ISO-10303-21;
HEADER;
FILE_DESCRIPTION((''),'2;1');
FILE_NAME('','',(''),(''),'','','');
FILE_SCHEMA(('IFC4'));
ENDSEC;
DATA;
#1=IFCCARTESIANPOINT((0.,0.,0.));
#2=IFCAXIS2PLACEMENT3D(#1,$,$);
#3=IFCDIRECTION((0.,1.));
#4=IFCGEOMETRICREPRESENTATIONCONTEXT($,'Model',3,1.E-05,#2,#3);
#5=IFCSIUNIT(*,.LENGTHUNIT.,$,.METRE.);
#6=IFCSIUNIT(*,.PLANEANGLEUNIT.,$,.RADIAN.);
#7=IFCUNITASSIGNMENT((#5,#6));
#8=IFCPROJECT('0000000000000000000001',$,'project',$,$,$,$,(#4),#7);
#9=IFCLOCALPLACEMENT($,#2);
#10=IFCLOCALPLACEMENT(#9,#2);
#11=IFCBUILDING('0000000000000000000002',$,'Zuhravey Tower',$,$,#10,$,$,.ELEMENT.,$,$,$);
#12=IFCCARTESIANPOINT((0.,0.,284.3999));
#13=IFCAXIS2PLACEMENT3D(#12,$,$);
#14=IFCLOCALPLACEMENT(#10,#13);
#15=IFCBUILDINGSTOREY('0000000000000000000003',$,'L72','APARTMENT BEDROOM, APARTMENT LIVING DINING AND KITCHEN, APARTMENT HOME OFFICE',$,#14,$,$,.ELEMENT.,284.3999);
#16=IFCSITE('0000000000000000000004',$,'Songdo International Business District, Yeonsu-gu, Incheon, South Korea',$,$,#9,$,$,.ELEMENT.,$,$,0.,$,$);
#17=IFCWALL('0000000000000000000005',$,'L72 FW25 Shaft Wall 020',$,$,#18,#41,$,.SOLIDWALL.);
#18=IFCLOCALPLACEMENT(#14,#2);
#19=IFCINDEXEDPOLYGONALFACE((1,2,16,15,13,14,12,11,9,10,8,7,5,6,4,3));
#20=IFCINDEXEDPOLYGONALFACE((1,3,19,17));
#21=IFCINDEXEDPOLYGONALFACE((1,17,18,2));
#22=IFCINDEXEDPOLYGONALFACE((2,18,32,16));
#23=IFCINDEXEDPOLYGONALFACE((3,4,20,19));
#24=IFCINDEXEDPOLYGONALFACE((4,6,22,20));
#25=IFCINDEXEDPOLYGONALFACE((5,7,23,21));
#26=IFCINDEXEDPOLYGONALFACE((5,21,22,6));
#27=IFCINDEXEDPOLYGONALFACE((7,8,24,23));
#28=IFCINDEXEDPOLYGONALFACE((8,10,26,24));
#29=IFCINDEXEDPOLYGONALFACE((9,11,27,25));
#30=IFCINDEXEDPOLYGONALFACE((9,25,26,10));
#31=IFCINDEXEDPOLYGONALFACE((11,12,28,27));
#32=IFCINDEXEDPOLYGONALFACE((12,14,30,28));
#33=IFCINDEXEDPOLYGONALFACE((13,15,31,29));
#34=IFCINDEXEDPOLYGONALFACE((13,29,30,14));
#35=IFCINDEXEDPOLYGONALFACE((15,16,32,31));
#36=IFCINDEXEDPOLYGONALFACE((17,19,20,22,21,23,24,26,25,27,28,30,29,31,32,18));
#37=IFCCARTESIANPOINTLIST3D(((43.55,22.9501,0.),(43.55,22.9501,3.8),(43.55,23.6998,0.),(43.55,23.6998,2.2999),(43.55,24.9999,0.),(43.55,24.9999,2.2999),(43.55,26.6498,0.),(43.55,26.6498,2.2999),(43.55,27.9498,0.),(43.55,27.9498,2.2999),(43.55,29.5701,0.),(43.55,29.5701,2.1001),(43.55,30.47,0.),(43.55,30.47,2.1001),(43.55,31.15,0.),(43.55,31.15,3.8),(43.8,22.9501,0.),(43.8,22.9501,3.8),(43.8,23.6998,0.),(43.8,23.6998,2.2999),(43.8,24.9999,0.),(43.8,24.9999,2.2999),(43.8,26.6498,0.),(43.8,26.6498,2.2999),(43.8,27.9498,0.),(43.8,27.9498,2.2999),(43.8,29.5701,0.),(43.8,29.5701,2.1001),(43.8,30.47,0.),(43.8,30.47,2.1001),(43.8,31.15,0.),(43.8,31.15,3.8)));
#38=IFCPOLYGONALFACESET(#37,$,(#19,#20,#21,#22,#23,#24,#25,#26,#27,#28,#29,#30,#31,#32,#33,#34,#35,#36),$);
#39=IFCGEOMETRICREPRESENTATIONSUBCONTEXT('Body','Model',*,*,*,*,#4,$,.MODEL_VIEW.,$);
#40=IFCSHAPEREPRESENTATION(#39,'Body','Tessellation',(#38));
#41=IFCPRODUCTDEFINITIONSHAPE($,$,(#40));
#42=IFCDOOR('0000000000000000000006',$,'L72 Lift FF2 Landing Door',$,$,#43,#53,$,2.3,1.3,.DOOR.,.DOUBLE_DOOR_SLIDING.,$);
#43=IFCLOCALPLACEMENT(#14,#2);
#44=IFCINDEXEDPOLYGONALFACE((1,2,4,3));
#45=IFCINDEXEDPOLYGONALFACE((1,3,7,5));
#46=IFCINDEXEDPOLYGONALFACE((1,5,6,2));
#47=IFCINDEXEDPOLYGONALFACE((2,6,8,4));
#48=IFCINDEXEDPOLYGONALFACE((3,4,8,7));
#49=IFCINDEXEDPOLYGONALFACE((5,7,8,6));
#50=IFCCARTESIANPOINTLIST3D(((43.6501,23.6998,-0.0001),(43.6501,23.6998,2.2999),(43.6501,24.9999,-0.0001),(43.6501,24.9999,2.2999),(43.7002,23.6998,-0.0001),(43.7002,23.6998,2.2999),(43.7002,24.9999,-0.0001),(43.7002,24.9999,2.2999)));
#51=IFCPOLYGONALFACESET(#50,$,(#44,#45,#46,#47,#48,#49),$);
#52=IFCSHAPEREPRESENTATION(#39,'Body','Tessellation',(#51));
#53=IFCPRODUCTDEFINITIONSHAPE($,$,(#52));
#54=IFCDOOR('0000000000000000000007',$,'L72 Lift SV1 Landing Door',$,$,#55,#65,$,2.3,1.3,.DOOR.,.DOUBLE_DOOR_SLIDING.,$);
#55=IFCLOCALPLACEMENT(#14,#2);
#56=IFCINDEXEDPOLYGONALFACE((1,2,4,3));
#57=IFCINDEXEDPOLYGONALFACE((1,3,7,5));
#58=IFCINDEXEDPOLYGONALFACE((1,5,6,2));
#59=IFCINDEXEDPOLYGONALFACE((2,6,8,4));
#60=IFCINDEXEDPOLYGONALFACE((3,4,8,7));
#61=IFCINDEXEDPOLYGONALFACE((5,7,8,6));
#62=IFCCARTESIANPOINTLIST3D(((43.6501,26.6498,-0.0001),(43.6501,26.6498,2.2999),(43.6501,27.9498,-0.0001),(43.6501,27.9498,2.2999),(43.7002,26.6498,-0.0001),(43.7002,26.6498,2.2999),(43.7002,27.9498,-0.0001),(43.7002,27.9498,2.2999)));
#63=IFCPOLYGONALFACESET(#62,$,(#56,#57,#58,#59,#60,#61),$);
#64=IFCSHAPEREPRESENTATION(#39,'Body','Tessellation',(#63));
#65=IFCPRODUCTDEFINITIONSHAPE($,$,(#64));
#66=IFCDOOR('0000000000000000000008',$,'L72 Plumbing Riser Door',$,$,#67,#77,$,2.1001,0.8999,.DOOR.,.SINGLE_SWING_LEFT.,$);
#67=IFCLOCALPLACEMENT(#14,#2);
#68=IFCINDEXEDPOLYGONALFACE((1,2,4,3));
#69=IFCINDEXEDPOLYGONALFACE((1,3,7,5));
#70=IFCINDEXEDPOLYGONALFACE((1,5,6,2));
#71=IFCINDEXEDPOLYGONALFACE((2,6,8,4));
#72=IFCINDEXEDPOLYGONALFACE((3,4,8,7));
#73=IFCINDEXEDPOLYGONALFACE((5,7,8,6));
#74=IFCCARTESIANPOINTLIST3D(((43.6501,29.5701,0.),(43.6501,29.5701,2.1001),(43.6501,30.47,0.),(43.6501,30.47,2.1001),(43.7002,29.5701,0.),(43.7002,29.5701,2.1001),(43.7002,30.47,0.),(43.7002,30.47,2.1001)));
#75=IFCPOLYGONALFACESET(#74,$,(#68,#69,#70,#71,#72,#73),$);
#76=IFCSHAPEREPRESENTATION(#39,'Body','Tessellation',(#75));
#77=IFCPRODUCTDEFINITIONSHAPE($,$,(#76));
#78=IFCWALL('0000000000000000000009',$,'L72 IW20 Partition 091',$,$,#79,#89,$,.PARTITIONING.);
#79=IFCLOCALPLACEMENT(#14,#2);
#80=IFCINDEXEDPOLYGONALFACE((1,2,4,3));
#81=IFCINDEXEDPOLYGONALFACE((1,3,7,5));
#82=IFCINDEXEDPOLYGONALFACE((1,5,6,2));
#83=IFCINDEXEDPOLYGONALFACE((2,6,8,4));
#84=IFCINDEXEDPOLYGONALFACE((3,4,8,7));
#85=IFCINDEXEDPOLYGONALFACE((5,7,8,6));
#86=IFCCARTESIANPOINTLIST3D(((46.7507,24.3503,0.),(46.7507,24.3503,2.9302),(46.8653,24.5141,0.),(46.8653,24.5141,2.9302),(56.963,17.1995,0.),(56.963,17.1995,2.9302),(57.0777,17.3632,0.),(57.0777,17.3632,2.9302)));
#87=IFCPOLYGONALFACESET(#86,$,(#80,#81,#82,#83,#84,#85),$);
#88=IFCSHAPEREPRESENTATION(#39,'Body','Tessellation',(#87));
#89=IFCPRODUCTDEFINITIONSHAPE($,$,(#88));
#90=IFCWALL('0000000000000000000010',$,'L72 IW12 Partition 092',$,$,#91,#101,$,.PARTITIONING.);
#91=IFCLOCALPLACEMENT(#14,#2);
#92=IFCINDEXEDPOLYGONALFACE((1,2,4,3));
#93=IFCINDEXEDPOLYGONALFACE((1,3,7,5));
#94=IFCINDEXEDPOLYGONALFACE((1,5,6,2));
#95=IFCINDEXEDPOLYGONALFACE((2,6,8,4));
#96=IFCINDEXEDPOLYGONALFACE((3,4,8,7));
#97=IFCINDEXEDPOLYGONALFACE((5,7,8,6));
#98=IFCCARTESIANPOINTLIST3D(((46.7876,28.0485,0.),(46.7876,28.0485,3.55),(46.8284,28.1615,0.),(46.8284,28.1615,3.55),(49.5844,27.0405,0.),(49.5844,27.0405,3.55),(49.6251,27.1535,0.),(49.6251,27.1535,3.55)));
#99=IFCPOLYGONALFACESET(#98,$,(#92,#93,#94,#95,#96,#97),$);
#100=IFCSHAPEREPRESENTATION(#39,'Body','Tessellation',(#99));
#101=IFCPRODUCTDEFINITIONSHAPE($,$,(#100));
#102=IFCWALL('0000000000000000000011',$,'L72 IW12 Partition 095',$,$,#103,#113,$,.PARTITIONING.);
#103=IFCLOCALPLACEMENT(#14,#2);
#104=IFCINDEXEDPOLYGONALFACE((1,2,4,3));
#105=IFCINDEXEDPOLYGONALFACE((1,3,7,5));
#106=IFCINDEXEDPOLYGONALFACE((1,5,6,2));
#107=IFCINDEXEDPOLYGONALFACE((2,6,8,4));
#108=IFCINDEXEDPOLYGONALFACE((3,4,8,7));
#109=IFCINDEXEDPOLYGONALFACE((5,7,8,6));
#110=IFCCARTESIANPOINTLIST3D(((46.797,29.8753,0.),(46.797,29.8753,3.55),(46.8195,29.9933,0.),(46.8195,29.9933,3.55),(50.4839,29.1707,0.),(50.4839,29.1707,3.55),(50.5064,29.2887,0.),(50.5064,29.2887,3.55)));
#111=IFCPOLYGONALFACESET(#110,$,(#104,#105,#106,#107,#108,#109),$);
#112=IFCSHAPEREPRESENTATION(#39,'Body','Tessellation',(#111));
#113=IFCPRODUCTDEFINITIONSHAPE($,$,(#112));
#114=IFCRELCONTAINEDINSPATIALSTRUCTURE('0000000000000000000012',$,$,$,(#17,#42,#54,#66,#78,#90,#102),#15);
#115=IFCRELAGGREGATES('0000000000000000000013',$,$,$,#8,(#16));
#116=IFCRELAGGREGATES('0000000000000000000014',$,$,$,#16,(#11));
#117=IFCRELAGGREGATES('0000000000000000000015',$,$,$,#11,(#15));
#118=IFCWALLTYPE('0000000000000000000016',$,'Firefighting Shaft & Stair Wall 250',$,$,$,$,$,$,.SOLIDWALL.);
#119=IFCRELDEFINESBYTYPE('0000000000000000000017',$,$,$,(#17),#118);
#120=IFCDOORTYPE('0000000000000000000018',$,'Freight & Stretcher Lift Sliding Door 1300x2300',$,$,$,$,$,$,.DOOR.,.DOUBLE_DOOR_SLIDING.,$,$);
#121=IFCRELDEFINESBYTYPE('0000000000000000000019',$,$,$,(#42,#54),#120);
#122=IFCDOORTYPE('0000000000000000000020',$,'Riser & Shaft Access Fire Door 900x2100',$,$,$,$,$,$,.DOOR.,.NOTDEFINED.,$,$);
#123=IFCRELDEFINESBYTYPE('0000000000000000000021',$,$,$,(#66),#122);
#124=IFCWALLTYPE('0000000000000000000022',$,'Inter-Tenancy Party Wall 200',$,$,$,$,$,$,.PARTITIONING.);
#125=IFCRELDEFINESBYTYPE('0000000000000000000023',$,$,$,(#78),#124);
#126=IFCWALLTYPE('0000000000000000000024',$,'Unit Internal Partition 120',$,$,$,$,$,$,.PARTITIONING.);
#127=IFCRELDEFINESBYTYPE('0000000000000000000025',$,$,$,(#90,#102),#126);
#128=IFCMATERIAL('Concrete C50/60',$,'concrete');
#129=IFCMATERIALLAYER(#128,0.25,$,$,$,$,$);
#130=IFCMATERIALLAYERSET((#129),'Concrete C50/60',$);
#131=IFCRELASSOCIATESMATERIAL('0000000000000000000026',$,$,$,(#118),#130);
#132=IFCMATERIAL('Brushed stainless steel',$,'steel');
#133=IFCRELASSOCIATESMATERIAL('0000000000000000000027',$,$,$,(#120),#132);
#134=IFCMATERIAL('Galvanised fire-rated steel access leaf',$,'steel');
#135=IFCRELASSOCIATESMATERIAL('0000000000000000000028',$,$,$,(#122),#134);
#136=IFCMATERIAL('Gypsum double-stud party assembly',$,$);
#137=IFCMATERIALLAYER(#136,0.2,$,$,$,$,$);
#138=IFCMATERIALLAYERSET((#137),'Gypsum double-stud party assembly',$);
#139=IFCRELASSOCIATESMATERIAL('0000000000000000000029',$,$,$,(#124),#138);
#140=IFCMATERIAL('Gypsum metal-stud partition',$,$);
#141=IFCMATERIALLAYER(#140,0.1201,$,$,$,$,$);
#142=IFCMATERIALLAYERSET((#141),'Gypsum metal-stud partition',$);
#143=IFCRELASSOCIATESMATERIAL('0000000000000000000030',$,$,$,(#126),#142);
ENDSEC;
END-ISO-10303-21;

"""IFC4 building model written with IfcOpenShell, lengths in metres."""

from ifc_helpers import new_model, si_unit, direction, frame, frame_2d, origin, place, context, subcontext, project, spatial, rectangle, extrude, material, layer, layer_set, type_object, element, fill, save


model = new_model("IFC4")

# Units and contexts
model_context = context("Model", 3, precision=1e-05, world=origin(), true_north=direction((0.0, 1.0)))
body_context = subcontext(model_context, "Body", "Model", "MODEL_VIEW")
ifc_project = project(units=[si_unit("LENGTHUNIT", "METRE"), si_unit("PLANEANGLEUNIT", "RADIAN")], contexts=[model_context])

# Site, building, storey
site_placement = place(None, origin())
site = spatial("IfcSite", under=ifc_project, at=site_placement, Name="Songdo International Business District, Yeonsu-gu, Incheon, South Korea", CompositionType="ELEMENT", RefElevation=0.0)
building_placement = place(site_placement, origin())
building = spatial("IfcBuilding", under=site, at=building_placement, Name="Zuhravey Tower", CompositionType="ELEMENT")
storey_placement = place(building_placement, frame((0.0, 0.0, 284.3999)))
storey = spatial("IfcBuildingStorey", under=building, at=storey_placement, Name="L72", Description="APARTMENT BEDROOM, APARTMENT LIVING DINING AND KITCHEN, APARTMENT HOME OFFICE", CompositionType="ELEMENT", Elevation=284.3999)

# Shared definitions
ifc_material_1 = material(Name="Concrete C50/60", Category="concrete")

# Shared definitions
ifc_layer_1 = layer(ifc_material_1, 0.25)
ifc_layer_set_1 = layer_set([ifc_layer_1], Name="Concrete C50/60")
wall_type_1 = type_object("IfcWallType", Name="Firefighting Shaft & Stair Wall 250", PredefinedType="SOLIDWALL", material=ifc_layer_set_1)

# Wall, openings, doors
wall_1_placement = place(storey_placement, frame((43.675, 22.95, 0.0), z_axis=(0.0, 0.0, 1.0), x_axis=(0.0, 1.0, 0.0)))
wall_1 = element("IfcWall", 1, at=wall_1_placement, inside=storey, type_object=wall_type_1, Name="L72 FW25 Shaft Wall 020", PredefinedType="SOLIDWALL", context=body_context, shape_type="SweptSolid", body=[
    extrude(rectangle(XDim=8.2, YDim=0.25, at=frame_2d((4.1001, 0.0))), origin(), (0.0, 0.0, 1.0), 3.8),
])
opening_1_placement = place(wall_1_placement, frame((0.75, 0.0, 0.0)))
opening_1 = element("IfcOpeningElement", 2, at=opening_1_placement, cuts=wall_1, PredefinedType="OPENING", context=body_context, shape_type="SweptSolid", body=[
    extrude(rectangle(XDim=1.3, YDim=2.3, at=frame_2d((0.6499, 1.1499))), frame((0.0, 0.137, 0.0), z_axis=(0.0, -1.0, 0.0), x_axis=(1.0, 0.0, 0.0)), (0.0, 0.0, 1.0), 0.2739),
])
opening_2_placement = place(wall_1_placement, frame((3.7, 0.0, 0.0)))
opening_2 = element("IfcOpeningElement", 3, at=opening_2_placement, cuts=wall_1, PredefinedType="OPENING", context=body_context, shape_type="SweptSolid", body=[
    extrude(rectangle(XDim=1.3, YDim=2.3, at=frame_2d((0.6499, 1.1499))), frame((0.0, 0.137, 0.0), z_axis=(0.0, -1.0, 0.0), x_axis=(1.0, 0.0, 0.0)), (0.0, 0.0, 1.0), 0.2739),
])
opening_3_placement = place(wall_1_placement, frame((6.6201, 0.0, 0.0)))
opening_3 = element("IfcOpeningElement", 4, at=opening_3_placement, cuts=wall_1, PredefinedType="OPENING", context=body_context, shape_type="SweptSolid", body=[
    extrude(rectangle(XDim=0.8999, YDim=2.1001, at=frame_2d((0.45, 1.05))), frame((0.0, 0.137, 0.0), z_axis=(0.0, -1.0, 0.0), x_axis=(1.0, 0.0, 0.0)), (0.0, 0.0, 1.0), 0.2739),
])
ifc_material_2 = material(Name="Brushed stainless steel", Category="steel")
door_type_1 = type_object("IfcDoorType", Name="Freight & Stretcher Lift Sliding Door 1300x2300", OperationType="DOUBLE_DOOR_SLIDING", PredefinedType="DOOR", material=ifc_material_2)
door_1_placement = place(opening_1_placement, origin())
door_1 = element("IfcDoor", 5, at=door_1_placement, inside=storey, type_object=door_type_1, Name="L72 Lift FF2 Landing Door", OperationType="DOUBLE_DOOR_SLIDING", OverallHeight=2.3, OverallWidth=1.3, PredefinedType="DOOR", context=body_context, shape_type="SweptSolid", body=[
    extrude(rectangle(XDim=1.3, YDim=2.3, at=frame_2d((0.6499, 1.1499))), frame((0.0, 0.0249, 0.0), z_axis=(0.0, -1.0, 0.0), x_axis=(1.0, 0.0, 0.0)), (0.0, 0.0, 1.0), 0.05),
])
fill(opening_1, door_1)
door_2_placement = place(opening_2_placement, origin())
door_2 = element("IfcDoor", 6, at=door_2_placement, inside=storey, type_object=door_type_1, Name="L72 Lift SV1 Landing Door", OperationType="DOUBLE_DOOR_SLIDING", OverallHeight=2.3, OverallWidth=1.3, PredefinedType="DOOR", context=body_context, shape_type="SweptSolid", body=[
    extrude(rectangle(XDim=1.3, YDim=2.3, at=frame_2d((0.6499, 1.1499))), frame((0.0, 0.0249, 0.0), z_axis=(0.0, -1.0, 0.0), x_axis=(1.0, 0.0, 0.0)), (0.0, 0.0, 1.0), 0.05),
])
fill(opening_2, door_2)
ifc_material_3 = material(Name="Galvanised fire-rated steel access leaf", Category="steel")
door_type_2 = type_object("IfcDoorType", Name="Riser & Shaft Access Fire Door 900x2100", OperationType="NOTDEFINED", PredefinedType="DOOR", material=ifc_material_3)
door_3_placement = place(opening_3_placement, origin())
door_3 = element("IfcDoor", 7, at=door_3_placement, inside=storey, type_object=door_type_2, Name="L72 Plumbing Riser Door", OperationType="SINGLE_SWING_LEFT", OverallHeight=2.1001, OverallWidth=0.8999, PredefinedType="DOOR", context=body_context, shape_type="SweptSolid", body=[
    extrude(rectangle(XDim=0.8999, YDim=2.1001, at=frame_2d((0.45, 1.05))), frame((0.0, 0.0249, 0.0), z_axis=(0.0, -1.0, 0.0), x_axis=(1.0, 0.0, 0.0)), (0.0, 0.0, 1.0), 0.05),
])
fill(opening_3, door_3)

# Walls
ifc_material_4 = material(Name="Gypsum double-stud party assembly")
ifc_layer_2 = layer(ifc_material_4, 0.2)
ifc_layer_set_2 = layer_set([ifc_layer_2], Name="Gypsum double-stud party assembly")
wall_type_2 = type_object("IfcWallType", Name="Inter-Tenancy Party Wall 200", PredefinedType="PARTITIONING", material=ifc_layer_set_2)
wall_2_placement = place(storey_placement, frame((46.8081, 24.4321, 0.0), z_axis=(0.0, 0.0, 1.0), x_axis=(0.819149, -0.573581, 0.0)))
element("IfcWall", 8, at=wall_2_placement, inside=storey, type_object=wall_type_2, Name="L72 IW20 Partition 091", PredefinedType="PARTITIONING", context=body_context, shape_type="SweptSolid", body=[
    extrude(rectangle(XDim=12.467, YDim=0.2, at=frame_2d((6.2334, 0.0))), origin(), (0.0, 0.0, 1.0), 2.9302),
])
ifc_material_5 = material(Name="Gypsum metal-stud partition")
ifc_layer_3 = layer(ifc_material_5, 0.1201)
ifc_layer_set_3 = layer_set([ifc_layer_3], Name="Gypsum metal-stud partition")
wall_type_3 = type_object("IfcWallType", Name="Unit Internal Partition 120", PredefinedType="PARTITIONING", material=ifc_layer_set_3)
wall_3_placement = place(storey_placement, frame((46.8081, 28.105, 0.0), z_axis=(0.0, 0.0, 1.0), x_axis=(0.940761, -0.339071, 0.0)))
element("IfcWall", 9, at=wall_3_placement, inside=storey, type_object=wall_type_3, Name="L72 IW12 Partition 092", PredefinedType="PARTITIONING", context=body_context, shape_type="SweptSolid", body=[
    extrude(rectangle(XDim=2.9729, YDim=0.1201, at=frame_2d((1.4863, 0.0))), origin(), (0.0, 0.0, 1.0), 3.55),
])
wall_4_placement = place(storey_placement, frame((46.8081, 29.9343, 0.0), z_axis=(0.0, 0.0, 1.0), x_axis=(0.982226, -0.187704, 0.0)))
element("IfcWall", 10, at=wall_4_placement, inside=storey, type_object=wall_type_3, Name="L72 IW12 Partition 095", PredefinedType="PARTITIONING", context=body_context, shape_type="SweptSolid", body=[
    extrude(rectangle(XDim=3.7537, YDim=0.1201, at=frame_2d((1.877, 0.0))), origin(), (0.0, 0.0, 1.0), 3.55),
])

save(model, "model.ifc")
